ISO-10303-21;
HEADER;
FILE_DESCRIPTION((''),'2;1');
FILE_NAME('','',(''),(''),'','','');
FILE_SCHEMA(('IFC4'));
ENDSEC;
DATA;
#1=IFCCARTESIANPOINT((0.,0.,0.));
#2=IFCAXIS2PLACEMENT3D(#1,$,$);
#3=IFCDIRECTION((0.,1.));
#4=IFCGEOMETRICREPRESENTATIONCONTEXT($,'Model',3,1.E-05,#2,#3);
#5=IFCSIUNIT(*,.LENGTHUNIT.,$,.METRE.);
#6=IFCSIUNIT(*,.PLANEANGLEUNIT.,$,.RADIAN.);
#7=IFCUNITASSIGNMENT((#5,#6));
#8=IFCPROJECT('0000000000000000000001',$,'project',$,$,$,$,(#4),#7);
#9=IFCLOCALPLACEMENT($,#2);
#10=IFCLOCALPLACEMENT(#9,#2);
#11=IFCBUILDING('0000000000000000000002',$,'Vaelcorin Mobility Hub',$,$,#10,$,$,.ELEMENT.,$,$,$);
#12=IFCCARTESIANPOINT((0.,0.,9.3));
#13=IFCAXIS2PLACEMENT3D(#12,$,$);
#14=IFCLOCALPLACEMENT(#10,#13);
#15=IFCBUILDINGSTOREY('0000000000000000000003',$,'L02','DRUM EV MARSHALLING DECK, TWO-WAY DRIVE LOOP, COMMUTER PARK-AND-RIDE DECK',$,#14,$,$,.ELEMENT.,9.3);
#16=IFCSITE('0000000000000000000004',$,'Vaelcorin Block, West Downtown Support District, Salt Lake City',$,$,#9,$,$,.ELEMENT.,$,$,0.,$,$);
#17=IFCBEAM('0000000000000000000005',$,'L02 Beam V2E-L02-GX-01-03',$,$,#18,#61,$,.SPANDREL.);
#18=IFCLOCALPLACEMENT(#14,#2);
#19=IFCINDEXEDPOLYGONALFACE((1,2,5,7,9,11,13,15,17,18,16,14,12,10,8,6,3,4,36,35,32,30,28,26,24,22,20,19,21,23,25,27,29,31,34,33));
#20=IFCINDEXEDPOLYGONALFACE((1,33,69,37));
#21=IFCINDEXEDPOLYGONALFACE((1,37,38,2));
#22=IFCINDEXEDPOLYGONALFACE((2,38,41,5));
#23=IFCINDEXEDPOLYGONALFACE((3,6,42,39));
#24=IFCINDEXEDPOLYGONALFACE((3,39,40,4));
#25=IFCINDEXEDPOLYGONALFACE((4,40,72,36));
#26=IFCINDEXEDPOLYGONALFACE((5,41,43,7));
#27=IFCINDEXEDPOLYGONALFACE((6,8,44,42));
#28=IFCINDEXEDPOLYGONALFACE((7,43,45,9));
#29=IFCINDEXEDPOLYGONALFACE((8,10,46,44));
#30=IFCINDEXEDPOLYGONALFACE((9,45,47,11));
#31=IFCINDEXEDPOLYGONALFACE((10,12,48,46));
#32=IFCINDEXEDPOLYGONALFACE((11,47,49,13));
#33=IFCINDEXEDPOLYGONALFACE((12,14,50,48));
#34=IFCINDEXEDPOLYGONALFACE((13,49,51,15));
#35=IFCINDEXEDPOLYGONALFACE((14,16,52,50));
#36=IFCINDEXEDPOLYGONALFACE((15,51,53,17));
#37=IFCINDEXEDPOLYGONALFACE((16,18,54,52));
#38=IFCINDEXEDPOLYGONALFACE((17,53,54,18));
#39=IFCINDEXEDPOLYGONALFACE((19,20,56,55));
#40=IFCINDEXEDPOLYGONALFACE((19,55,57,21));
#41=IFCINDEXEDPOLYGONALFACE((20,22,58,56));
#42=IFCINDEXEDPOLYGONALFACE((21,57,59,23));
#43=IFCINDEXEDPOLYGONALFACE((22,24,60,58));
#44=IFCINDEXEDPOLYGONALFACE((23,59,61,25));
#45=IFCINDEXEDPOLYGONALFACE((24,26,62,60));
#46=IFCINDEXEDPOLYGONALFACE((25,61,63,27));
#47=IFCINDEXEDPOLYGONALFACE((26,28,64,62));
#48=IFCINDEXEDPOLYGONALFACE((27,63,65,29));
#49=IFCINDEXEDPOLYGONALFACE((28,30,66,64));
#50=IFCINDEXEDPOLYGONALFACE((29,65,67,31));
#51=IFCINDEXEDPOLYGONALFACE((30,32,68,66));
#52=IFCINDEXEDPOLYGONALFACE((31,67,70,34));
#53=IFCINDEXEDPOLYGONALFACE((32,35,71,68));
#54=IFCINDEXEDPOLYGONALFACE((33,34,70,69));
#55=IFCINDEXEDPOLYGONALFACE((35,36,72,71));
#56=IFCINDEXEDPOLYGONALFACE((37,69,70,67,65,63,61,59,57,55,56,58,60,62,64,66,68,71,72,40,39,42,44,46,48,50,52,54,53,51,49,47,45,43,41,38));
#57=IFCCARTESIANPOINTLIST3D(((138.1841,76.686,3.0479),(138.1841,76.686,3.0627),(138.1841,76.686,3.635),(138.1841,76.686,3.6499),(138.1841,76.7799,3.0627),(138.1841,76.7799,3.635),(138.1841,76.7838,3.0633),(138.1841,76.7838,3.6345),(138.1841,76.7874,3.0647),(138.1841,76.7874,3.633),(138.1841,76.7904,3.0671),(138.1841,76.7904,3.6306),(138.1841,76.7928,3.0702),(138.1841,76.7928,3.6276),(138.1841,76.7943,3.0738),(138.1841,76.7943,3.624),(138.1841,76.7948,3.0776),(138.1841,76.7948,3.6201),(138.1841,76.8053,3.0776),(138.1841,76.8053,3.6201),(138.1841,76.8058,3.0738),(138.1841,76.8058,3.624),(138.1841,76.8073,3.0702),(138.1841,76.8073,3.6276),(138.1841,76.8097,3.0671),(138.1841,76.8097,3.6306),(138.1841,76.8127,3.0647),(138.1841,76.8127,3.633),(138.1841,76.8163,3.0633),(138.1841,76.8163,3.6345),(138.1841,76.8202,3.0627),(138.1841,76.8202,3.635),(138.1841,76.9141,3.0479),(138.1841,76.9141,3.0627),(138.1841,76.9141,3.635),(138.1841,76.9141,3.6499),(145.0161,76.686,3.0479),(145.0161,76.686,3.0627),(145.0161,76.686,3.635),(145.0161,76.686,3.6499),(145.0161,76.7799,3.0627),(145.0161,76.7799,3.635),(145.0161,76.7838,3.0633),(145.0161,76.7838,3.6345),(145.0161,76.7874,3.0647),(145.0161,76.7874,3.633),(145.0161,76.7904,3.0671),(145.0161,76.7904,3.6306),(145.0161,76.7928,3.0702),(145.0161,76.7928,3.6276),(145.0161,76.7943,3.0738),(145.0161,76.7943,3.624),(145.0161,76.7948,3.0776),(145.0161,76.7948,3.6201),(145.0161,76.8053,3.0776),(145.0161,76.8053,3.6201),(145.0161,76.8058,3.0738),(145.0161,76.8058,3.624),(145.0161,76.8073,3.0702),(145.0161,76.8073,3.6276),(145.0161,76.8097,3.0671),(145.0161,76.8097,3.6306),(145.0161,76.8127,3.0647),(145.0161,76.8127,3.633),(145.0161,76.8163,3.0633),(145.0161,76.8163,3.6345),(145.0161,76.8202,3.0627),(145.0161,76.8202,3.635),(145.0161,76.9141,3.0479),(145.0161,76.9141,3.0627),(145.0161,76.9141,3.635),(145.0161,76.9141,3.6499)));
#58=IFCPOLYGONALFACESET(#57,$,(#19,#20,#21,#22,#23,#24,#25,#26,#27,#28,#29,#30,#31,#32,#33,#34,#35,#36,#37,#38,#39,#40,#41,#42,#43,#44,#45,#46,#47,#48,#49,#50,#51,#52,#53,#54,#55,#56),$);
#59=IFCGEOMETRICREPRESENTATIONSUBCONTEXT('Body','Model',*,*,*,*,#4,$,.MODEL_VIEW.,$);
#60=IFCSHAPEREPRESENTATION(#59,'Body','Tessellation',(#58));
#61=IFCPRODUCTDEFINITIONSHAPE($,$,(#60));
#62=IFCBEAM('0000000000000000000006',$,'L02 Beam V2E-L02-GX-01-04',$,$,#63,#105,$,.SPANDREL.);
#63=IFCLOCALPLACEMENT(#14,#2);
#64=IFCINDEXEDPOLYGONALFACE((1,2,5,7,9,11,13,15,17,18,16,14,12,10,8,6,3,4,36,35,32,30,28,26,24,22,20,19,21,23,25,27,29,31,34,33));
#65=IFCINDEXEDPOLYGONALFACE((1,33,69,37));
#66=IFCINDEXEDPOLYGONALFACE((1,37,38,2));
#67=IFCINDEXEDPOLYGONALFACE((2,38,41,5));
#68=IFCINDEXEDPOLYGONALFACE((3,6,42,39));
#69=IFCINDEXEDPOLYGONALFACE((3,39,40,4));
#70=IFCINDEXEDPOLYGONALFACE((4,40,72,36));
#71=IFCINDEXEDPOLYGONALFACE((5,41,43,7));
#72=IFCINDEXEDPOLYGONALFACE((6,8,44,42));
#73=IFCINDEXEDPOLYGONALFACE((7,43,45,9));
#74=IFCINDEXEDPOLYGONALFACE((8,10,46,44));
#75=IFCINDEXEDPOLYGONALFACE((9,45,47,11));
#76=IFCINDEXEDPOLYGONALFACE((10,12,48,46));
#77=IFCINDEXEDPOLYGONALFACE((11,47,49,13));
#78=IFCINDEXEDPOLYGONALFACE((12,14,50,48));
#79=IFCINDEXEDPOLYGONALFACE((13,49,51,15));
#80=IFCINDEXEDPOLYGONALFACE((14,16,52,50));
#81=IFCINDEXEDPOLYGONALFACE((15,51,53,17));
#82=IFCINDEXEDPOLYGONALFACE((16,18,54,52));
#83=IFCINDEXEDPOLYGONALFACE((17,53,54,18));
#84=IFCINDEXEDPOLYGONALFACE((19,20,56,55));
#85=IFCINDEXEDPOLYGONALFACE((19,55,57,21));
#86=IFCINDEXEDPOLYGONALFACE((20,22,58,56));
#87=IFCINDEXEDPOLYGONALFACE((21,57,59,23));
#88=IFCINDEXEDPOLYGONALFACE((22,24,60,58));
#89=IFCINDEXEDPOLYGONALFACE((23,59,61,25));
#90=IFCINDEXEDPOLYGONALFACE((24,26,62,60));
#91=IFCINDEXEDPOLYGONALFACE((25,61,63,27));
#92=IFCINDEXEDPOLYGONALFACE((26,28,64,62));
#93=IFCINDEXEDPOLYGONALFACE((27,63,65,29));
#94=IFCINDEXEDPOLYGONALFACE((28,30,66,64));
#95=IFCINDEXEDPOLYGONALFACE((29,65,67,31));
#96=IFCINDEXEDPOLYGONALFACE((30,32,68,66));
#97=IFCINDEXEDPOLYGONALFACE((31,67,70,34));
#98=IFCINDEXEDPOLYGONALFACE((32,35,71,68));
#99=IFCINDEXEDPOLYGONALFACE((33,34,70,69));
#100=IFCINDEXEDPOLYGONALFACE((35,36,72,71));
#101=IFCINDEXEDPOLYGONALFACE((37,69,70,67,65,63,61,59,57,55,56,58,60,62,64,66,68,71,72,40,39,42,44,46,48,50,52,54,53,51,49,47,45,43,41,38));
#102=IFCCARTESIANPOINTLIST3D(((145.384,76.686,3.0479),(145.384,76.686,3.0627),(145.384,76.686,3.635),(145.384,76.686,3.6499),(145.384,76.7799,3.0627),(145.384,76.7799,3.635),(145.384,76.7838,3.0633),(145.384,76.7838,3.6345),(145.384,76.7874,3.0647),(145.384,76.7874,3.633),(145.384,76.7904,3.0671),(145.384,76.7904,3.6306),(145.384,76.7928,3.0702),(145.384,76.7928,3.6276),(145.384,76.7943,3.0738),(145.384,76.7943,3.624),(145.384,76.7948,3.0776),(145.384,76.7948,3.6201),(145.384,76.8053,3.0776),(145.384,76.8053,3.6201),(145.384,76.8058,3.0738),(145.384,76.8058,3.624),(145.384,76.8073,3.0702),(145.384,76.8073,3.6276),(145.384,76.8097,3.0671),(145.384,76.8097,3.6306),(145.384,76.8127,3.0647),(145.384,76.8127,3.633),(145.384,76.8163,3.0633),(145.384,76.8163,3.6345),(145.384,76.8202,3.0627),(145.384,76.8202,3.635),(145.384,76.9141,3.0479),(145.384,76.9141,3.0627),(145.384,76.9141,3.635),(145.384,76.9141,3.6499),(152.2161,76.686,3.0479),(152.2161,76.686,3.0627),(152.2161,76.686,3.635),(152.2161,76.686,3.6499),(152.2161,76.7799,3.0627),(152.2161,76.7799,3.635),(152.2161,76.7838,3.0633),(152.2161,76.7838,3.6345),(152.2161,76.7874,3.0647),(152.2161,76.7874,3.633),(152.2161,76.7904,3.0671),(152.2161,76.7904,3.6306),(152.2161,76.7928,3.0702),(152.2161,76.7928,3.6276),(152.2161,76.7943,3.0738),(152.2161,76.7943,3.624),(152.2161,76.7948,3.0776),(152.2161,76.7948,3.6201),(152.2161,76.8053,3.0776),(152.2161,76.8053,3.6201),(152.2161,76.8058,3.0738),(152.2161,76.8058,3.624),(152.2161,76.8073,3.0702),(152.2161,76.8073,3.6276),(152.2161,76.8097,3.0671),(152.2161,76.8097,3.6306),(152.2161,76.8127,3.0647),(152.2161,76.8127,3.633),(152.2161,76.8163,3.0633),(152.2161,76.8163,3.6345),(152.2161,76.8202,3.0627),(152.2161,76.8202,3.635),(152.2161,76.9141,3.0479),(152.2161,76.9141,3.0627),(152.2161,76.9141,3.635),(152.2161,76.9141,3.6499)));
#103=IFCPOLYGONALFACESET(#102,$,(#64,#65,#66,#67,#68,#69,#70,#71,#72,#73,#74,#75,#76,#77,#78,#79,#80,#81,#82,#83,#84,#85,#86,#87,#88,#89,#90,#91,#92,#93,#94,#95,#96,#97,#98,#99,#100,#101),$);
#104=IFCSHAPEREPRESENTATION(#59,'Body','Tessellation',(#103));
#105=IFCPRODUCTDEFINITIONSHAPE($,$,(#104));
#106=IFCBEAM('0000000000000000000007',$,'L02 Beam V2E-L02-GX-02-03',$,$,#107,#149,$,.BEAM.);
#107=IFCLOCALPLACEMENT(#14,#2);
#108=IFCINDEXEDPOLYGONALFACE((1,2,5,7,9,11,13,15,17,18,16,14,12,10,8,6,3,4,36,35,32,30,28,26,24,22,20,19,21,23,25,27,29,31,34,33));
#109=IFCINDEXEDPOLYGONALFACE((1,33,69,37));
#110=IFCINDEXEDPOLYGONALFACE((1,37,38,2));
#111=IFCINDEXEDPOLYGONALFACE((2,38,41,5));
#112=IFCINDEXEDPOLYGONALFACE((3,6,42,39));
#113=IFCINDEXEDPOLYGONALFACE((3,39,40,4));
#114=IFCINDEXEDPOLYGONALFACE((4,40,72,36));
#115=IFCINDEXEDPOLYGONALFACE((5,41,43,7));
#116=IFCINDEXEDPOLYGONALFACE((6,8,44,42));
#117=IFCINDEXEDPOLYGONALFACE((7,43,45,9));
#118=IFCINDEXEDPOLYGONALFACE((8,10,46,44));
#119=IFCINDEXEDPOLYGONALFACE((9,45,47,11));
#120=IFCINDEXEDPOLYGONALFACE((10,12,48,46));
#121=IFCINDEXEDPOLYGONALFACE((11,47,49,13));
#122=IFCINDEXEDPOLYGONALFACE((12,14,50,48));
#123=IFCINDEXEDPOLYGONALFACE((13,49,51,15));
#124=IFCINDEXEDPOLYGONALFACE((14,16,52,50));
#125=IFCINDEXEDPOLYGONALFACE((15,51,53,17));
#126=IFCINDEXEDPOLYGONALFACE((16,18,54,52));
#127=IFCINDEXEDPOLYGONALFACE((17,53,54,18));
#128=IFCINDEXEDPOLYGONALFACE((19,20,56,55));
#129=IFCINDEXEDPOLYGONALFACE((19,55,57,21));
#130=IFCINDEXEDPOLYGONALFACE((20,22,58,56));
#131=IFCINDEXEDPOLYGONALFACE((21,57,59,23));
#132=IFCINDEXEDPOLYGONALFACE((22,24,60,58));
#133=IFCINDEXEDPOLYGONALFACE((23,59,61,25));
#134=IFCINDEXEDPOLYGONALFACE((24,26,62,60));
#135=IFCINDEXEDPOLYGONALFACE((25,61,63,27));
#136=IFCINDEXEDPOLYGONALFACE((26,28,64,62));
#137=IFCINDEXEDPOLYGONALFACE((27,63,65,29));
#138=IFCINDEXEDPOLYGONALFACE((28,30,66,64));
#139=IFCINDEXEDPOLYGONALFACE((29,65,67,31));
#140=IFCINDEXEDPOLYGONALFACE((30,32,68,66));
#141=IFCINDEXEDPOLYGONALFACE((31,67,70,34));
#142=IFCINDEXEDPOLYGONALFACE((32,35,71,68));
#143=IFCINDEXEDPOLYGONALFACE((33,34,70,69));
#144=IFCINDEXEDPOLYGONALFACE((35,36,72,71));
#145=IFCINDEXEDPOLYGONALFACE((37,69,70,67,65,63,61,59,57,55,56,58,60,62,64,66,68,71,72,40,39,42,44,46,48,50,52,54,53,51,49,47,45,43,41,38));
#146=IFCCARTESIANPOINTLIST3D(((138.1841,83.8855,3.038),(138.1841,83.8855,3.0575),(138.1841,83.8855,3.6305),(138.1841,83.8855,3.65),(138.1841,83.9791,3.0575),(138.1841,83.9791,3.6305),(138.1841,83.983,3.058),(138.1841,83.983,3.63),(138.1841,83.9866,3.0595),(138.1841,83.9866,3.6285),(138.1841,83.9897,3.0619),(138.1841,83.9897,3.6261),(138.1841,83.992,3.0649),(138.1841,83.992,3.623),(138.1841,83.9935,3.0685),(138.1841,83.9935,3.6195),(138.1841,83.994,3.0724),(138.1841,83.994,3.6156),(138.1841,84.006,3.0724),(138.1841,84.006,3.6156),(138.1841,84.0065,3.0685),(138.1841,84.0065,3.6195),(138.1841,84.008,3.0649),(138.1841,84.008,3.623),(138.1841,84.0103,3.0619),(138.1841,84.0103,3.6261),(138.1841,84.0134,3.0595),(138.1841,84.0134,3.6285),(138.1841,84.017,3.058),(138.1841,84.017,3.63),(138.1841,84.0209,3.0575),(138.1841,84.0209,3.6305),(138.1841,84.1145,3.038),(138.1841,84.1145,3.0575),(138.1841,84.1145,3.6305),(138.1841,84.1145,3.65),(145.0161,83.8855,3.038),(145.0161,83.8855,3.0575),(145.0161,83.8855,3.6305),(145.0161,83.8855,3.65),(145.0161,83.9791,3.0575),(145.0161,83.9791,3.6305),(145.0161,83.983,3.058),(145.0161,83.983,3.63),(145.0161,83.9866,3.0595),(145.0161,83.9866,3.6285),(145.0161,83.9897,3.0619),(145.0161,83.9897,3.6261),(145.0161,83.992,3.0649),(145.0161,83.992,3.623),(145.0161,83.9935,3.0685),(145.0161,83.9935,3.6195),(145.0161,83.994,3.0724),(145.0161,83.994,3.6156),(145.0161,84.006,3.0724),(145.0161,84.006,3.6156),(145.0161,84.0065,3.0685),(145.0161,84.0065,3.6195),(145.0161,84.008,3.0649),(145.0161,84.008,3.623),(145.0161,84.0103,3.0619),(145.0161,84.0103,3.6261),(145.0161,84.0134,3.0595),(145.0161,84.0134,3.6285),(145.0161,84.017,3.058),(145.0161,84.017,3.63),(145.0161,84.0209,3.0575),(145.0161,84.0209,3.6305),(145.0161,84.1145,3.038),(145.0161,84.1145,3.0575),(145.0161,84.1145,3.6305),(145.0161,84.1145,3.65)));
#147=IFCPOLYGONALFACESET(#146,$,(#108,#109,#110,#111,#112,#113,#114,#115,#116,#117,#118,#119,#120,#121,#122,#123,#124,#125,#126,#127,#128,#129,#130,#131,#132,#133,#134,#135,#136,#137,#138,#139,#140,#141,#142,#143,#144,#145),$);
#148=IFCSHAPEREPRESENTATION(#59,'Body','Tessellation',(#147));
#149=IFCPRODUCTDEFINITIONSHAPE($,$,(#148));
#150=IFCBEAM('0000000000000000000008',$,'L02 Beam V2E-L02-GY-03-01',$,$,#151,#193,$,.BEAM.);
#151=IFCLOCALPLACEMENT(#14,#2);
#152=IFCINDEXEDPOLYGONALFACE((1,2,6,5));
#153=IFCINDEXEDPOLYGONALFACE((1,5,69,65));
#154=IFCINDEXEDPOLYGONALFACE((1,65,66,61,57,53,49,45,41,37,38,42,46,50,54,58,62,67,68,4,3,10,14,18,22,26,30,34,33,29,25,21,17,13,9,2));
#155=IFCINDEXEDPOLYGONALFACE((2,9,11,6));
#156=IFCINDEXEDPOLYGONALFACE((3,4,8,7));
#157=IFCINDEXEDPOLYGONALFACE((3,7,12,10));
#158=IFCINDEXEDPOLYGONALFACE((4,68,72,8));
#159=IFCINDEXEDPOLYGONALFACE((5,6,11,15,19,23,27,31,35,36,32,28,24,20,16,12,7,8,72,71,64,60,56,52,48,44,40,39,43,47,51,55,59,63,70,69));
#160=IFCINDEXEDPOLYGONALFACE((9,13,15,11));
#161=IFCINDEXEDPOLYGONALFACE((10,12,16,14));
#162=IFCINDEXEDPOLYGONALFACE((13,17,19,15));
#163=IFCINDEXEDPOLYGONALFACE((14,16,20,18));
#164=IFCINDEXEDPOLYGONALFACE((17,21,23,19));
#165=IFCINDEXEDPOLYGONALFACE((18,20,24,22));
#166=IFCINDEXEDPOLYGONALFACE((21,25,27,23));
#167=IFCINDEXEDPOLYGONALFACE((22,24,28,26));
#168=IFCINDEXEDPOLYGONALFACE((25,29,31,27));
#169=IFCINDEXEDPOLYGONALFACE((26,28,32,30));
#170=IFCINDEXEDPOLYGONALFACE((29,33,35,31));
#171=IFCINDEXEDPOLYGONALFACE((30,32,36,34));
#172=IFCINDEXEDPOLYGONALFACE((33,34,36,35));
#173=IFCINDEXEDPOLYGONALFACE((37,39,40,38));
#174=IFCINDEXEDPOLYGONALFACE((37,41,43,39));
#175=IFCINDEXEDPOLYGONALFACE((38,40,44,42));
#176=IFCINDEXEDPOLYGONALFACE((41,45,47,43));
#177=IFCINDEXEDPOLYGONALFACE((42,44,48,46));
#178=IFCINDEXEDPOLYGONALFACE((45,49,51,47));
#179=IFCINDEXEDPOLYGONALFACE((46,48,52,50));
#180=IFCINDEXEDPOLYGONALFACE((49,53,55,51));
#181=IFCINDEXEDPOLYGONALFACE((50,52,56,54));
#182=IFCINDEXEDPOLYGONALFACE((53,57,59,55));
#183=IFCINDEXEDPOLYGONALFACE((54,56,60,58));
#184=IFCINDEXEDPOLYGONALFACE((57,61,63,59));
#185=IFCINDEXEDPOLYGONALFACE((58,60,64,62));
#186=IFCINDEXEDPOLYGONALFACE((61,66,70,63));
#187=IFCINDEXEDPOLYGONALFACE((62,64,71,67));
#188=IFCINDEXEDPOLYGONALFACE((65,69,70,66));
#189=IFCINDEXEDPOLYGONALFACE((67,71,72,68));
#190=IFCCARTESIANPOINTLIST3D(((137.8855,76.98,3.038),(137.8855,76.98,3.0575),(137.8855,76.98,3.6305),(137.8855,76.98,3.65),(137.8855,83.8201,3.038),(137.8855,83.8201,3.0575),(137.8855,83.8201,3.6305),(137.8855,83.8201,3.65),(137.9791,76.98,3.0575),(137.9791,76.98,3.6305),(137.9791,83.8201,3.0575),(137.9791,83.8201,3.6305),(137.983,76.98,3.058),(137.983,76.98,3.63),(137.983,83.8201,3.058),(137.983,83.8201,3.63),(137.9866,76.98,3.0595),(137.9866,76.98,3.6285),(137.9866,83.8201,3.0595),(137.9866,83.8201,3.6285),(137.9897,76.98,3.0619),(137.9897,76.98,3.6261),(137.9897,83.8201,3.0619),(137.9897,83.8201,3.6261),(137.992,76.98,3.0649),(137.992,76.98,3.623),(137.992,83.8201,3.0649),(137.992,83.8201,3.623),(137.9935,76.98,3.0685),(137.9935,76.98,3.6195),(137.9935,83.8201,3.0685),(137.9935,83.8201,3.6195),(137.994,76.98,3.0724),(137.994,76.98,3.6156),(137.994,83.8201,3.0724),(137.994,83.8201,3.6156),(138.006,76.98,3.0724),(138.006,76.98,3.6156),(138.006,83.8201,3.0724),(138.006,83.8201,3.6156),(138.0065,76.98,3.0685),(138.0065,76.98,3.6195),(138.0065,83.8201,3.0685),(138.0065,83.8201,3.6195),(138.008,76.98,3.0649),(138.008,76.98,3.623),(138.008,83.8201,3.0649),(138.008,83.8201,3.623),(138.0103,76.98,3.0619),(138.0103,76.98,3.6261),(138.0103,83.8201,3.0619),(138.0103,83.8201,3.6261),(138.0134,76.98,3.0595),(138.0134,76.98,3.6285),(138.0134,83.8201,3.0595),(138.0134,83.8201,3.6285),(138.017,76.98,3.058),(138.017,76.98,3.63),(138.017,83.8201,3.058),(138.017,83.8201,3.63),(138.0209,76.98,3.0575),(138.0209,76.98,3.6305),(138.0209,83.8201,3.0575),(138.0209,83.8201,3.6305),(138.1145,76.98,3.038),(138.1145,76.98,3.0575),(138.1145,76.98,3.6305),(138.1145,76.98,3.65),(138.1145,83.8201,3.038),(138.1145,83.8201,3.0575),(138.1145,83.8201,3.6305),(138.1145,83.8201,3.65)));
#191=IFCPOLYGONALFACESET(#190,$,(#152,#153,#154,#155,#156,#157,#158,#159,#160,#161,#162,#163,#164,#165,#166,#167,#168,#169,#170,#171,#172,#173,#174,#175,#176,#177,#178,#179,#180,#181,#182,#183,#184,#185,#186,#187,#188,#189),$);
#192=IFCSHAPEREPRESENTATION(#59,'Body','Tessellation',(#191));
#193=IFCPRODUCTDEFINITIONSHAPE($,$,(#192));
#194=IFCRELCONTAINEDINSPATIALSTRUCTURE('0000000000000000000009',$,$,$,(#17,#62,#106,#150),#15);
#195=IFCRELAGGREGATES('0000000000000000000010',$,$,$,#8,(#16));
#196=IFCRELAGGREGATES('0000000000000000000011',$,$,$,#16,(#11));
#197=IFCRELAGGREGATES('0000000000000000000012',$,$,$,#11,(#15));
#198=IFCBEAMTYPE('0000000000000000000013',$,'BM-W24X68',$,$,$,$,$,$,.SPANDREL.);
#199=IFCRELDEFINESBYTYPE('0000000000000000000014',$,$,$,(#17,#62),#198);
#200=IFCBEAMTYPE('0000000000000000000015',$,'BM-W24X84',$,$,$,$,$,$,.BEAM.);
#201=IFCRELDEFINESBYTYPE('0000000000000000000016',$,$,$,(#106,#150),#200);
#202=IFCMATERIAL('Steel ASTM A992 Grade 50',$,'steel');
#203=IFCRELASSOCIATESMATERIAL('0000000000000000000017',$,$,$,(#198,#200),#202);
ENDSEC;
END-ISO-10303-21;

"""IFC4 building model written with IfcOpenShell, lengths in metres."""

from ifc_helpers import new_model, si_unit, direction, frame, origin, origin_2d, place, context, subcontext, project, spatial, i_section, extrude, material, material_profile, profile_set, type_object, element, save


model = new_model("IFC4")

# Units and contexts
model_context = context("Model", 3, precision=1e-05, world=origin(), true_north=direction((0.0, 1.0)))
body_context = subcontext(model_context, "Body", "Model", "MODEL_VIEW")
ifc_project = project(units=[si_unit("LENGTHUNIT", "METRE"), si_unit("PLANEANGLEUNIT", "RADIAN")], contexts=[model_context])

# Site, building, storey
site_placement = place(None, origin())
site = spatial("IfcSite", under=ifc_project, at=site_placement, Name="Vaelcorin Block, West Downtown Support District, Salt Lake City", CompositionType="ELEMENT", RefElevation=0.0)
building_placement = place(site_placement, origin())
building = spatial("IfcBuilding", under=site, at=building_placement, Name="Vaelcorin Mobility Hub", CompositionType="ELEMENT")
storey_placement = place(building_placement, frame((0.0, 0.0, 9.3)))
storey = spatial("IfcBuildingStorey", under=building, at=storey_placement, Name="L02", Description="DRUM EV MARSHALLING DECK, TWO-WAY DRIVE LOOP, COMMUTER PARK-AND-RIDE DECK", CompositionType="ELEMENT", Elevation=9.3)

# Shared definitions
ifc_material_1 = material(Name="Steel ASTM A992 Grade 50", Category="steel")

# Beams
ifc_material_profile_1 = material_profile(ifc_material_1, i_section(OverallWidth=0.228, OverallDepth=0.6021, WebThickness=0.0105, FlangeThickness=0.0149, FilletRadius=0.0149, at=origin_2d()), Name="W24X68")
ifc_profile_set_1 = profile_set([ifc_material_profile_1], Name="Steel ASTM A992 Grade 50")
beam_type_1 = type_object("IfcBeamType", Name="BM-W24X68", PredefinedType="SPANDREL", material=ifc_profile_set_1)
for number, where, z_axis, x_axis, name in (
    (1, (138.1841, 76.8, 3.3489), (1.0, 0.0, 0.0), (0.0, 1.0, 0.0), "L02 Beam V2E-L02-GX-01-03"),
    (2, (145.384, 76.8, 3.3489), (1.0, 0.0, 0.0), (0.0, 1.0, 0.0), "L02 Beam V2E-L02-GX-01-04"),
):
    element("IfcBeam", number, at=place(storey_placement, frame(where, z_axis=z_axis, x_axis=x_axis)), inside=storey, type_object=beam_type_1, Name=name, PredefinedType="SPANDREL", context=body_context, shape_type="SweptSolid", body=[
        extrude(i_section(OverallWidth=0.228, OverallDepth=0.6021, WebThickness=0.0105, FlangeThickness=0.0149, FilletRadius=0.0149, at=origin_2d()), origin(), (0.0, 0.0, 1.0), 6.832),
    ])
ifc_material_profile_2 = material_profile(ifc_material_1, i_section(OverallWidth=0.229, OverallDepth=0.6121, WebThickness=0.012, FlangeThickness=0.0195, FilletRadius=0.0149, at=origin_2d()), Name="W24X84")
ifc_profile_set_2 = profile_set([ifc_material_profile_2], Name="Steel ASTM A992 Grade 50")
beam_type_2 = type_object("IfcBeamType", Name="BM-W24X84", PredefinedType="BEAM", material=ifc_profile_set_2)
beam_1_placement = place(storey_placement, frame((138.1841, 84.0, 3.344), z_axis=(1.0, 0.0, 0.0), x_axis=(0.0, 1.0, 0.0)))
element("IfcBeam", 3, at=beam_1_placement, inside=storey, type_object=beam_type_2, Name="L02 Beam V2E-L02-GX-02-03", PredefinedType="BEAM", context=body_context, shape_type="SweptSolid", body=[
    extrude(i_section(OverallWidth=0.229, OverallDepth=0.6121, WebThickness=0.012, FlangeThickness=0.0195, FilletRadius=0.0149, at=origin_2d()), origin(), (0.0, 0.0, 1.0), 6.832),
])
for number, where, z_axis, x_axis, name in (
    (4, (138.0, 76.98, 3.344), (0.0, 1.0, 0.0), (-1.0, 0.0, 0.0), "L02 Beam V2E-L02-GY-03-01"),
):
    element("IfcBeam", number, at=place(storey_placement, frame(where, z_axis=z_axis, x_axis=x_axis)), inside=storey, type_object=beam_type_2, Name=name, PredefinedType="BEAM", context=body_context, shape_type="SweptSolid", body=[
        extrude(i_section(OverallWidth=0.229, OverallDepth=0.6121, WebThickness=0.012, FlangeThickness=0.0195, FilletRadius=0.0149, at=origin_2d()), origin(), (0.0, 0.0, 1.0), 6.8401),
    ])

save(model, "model.ifc")
